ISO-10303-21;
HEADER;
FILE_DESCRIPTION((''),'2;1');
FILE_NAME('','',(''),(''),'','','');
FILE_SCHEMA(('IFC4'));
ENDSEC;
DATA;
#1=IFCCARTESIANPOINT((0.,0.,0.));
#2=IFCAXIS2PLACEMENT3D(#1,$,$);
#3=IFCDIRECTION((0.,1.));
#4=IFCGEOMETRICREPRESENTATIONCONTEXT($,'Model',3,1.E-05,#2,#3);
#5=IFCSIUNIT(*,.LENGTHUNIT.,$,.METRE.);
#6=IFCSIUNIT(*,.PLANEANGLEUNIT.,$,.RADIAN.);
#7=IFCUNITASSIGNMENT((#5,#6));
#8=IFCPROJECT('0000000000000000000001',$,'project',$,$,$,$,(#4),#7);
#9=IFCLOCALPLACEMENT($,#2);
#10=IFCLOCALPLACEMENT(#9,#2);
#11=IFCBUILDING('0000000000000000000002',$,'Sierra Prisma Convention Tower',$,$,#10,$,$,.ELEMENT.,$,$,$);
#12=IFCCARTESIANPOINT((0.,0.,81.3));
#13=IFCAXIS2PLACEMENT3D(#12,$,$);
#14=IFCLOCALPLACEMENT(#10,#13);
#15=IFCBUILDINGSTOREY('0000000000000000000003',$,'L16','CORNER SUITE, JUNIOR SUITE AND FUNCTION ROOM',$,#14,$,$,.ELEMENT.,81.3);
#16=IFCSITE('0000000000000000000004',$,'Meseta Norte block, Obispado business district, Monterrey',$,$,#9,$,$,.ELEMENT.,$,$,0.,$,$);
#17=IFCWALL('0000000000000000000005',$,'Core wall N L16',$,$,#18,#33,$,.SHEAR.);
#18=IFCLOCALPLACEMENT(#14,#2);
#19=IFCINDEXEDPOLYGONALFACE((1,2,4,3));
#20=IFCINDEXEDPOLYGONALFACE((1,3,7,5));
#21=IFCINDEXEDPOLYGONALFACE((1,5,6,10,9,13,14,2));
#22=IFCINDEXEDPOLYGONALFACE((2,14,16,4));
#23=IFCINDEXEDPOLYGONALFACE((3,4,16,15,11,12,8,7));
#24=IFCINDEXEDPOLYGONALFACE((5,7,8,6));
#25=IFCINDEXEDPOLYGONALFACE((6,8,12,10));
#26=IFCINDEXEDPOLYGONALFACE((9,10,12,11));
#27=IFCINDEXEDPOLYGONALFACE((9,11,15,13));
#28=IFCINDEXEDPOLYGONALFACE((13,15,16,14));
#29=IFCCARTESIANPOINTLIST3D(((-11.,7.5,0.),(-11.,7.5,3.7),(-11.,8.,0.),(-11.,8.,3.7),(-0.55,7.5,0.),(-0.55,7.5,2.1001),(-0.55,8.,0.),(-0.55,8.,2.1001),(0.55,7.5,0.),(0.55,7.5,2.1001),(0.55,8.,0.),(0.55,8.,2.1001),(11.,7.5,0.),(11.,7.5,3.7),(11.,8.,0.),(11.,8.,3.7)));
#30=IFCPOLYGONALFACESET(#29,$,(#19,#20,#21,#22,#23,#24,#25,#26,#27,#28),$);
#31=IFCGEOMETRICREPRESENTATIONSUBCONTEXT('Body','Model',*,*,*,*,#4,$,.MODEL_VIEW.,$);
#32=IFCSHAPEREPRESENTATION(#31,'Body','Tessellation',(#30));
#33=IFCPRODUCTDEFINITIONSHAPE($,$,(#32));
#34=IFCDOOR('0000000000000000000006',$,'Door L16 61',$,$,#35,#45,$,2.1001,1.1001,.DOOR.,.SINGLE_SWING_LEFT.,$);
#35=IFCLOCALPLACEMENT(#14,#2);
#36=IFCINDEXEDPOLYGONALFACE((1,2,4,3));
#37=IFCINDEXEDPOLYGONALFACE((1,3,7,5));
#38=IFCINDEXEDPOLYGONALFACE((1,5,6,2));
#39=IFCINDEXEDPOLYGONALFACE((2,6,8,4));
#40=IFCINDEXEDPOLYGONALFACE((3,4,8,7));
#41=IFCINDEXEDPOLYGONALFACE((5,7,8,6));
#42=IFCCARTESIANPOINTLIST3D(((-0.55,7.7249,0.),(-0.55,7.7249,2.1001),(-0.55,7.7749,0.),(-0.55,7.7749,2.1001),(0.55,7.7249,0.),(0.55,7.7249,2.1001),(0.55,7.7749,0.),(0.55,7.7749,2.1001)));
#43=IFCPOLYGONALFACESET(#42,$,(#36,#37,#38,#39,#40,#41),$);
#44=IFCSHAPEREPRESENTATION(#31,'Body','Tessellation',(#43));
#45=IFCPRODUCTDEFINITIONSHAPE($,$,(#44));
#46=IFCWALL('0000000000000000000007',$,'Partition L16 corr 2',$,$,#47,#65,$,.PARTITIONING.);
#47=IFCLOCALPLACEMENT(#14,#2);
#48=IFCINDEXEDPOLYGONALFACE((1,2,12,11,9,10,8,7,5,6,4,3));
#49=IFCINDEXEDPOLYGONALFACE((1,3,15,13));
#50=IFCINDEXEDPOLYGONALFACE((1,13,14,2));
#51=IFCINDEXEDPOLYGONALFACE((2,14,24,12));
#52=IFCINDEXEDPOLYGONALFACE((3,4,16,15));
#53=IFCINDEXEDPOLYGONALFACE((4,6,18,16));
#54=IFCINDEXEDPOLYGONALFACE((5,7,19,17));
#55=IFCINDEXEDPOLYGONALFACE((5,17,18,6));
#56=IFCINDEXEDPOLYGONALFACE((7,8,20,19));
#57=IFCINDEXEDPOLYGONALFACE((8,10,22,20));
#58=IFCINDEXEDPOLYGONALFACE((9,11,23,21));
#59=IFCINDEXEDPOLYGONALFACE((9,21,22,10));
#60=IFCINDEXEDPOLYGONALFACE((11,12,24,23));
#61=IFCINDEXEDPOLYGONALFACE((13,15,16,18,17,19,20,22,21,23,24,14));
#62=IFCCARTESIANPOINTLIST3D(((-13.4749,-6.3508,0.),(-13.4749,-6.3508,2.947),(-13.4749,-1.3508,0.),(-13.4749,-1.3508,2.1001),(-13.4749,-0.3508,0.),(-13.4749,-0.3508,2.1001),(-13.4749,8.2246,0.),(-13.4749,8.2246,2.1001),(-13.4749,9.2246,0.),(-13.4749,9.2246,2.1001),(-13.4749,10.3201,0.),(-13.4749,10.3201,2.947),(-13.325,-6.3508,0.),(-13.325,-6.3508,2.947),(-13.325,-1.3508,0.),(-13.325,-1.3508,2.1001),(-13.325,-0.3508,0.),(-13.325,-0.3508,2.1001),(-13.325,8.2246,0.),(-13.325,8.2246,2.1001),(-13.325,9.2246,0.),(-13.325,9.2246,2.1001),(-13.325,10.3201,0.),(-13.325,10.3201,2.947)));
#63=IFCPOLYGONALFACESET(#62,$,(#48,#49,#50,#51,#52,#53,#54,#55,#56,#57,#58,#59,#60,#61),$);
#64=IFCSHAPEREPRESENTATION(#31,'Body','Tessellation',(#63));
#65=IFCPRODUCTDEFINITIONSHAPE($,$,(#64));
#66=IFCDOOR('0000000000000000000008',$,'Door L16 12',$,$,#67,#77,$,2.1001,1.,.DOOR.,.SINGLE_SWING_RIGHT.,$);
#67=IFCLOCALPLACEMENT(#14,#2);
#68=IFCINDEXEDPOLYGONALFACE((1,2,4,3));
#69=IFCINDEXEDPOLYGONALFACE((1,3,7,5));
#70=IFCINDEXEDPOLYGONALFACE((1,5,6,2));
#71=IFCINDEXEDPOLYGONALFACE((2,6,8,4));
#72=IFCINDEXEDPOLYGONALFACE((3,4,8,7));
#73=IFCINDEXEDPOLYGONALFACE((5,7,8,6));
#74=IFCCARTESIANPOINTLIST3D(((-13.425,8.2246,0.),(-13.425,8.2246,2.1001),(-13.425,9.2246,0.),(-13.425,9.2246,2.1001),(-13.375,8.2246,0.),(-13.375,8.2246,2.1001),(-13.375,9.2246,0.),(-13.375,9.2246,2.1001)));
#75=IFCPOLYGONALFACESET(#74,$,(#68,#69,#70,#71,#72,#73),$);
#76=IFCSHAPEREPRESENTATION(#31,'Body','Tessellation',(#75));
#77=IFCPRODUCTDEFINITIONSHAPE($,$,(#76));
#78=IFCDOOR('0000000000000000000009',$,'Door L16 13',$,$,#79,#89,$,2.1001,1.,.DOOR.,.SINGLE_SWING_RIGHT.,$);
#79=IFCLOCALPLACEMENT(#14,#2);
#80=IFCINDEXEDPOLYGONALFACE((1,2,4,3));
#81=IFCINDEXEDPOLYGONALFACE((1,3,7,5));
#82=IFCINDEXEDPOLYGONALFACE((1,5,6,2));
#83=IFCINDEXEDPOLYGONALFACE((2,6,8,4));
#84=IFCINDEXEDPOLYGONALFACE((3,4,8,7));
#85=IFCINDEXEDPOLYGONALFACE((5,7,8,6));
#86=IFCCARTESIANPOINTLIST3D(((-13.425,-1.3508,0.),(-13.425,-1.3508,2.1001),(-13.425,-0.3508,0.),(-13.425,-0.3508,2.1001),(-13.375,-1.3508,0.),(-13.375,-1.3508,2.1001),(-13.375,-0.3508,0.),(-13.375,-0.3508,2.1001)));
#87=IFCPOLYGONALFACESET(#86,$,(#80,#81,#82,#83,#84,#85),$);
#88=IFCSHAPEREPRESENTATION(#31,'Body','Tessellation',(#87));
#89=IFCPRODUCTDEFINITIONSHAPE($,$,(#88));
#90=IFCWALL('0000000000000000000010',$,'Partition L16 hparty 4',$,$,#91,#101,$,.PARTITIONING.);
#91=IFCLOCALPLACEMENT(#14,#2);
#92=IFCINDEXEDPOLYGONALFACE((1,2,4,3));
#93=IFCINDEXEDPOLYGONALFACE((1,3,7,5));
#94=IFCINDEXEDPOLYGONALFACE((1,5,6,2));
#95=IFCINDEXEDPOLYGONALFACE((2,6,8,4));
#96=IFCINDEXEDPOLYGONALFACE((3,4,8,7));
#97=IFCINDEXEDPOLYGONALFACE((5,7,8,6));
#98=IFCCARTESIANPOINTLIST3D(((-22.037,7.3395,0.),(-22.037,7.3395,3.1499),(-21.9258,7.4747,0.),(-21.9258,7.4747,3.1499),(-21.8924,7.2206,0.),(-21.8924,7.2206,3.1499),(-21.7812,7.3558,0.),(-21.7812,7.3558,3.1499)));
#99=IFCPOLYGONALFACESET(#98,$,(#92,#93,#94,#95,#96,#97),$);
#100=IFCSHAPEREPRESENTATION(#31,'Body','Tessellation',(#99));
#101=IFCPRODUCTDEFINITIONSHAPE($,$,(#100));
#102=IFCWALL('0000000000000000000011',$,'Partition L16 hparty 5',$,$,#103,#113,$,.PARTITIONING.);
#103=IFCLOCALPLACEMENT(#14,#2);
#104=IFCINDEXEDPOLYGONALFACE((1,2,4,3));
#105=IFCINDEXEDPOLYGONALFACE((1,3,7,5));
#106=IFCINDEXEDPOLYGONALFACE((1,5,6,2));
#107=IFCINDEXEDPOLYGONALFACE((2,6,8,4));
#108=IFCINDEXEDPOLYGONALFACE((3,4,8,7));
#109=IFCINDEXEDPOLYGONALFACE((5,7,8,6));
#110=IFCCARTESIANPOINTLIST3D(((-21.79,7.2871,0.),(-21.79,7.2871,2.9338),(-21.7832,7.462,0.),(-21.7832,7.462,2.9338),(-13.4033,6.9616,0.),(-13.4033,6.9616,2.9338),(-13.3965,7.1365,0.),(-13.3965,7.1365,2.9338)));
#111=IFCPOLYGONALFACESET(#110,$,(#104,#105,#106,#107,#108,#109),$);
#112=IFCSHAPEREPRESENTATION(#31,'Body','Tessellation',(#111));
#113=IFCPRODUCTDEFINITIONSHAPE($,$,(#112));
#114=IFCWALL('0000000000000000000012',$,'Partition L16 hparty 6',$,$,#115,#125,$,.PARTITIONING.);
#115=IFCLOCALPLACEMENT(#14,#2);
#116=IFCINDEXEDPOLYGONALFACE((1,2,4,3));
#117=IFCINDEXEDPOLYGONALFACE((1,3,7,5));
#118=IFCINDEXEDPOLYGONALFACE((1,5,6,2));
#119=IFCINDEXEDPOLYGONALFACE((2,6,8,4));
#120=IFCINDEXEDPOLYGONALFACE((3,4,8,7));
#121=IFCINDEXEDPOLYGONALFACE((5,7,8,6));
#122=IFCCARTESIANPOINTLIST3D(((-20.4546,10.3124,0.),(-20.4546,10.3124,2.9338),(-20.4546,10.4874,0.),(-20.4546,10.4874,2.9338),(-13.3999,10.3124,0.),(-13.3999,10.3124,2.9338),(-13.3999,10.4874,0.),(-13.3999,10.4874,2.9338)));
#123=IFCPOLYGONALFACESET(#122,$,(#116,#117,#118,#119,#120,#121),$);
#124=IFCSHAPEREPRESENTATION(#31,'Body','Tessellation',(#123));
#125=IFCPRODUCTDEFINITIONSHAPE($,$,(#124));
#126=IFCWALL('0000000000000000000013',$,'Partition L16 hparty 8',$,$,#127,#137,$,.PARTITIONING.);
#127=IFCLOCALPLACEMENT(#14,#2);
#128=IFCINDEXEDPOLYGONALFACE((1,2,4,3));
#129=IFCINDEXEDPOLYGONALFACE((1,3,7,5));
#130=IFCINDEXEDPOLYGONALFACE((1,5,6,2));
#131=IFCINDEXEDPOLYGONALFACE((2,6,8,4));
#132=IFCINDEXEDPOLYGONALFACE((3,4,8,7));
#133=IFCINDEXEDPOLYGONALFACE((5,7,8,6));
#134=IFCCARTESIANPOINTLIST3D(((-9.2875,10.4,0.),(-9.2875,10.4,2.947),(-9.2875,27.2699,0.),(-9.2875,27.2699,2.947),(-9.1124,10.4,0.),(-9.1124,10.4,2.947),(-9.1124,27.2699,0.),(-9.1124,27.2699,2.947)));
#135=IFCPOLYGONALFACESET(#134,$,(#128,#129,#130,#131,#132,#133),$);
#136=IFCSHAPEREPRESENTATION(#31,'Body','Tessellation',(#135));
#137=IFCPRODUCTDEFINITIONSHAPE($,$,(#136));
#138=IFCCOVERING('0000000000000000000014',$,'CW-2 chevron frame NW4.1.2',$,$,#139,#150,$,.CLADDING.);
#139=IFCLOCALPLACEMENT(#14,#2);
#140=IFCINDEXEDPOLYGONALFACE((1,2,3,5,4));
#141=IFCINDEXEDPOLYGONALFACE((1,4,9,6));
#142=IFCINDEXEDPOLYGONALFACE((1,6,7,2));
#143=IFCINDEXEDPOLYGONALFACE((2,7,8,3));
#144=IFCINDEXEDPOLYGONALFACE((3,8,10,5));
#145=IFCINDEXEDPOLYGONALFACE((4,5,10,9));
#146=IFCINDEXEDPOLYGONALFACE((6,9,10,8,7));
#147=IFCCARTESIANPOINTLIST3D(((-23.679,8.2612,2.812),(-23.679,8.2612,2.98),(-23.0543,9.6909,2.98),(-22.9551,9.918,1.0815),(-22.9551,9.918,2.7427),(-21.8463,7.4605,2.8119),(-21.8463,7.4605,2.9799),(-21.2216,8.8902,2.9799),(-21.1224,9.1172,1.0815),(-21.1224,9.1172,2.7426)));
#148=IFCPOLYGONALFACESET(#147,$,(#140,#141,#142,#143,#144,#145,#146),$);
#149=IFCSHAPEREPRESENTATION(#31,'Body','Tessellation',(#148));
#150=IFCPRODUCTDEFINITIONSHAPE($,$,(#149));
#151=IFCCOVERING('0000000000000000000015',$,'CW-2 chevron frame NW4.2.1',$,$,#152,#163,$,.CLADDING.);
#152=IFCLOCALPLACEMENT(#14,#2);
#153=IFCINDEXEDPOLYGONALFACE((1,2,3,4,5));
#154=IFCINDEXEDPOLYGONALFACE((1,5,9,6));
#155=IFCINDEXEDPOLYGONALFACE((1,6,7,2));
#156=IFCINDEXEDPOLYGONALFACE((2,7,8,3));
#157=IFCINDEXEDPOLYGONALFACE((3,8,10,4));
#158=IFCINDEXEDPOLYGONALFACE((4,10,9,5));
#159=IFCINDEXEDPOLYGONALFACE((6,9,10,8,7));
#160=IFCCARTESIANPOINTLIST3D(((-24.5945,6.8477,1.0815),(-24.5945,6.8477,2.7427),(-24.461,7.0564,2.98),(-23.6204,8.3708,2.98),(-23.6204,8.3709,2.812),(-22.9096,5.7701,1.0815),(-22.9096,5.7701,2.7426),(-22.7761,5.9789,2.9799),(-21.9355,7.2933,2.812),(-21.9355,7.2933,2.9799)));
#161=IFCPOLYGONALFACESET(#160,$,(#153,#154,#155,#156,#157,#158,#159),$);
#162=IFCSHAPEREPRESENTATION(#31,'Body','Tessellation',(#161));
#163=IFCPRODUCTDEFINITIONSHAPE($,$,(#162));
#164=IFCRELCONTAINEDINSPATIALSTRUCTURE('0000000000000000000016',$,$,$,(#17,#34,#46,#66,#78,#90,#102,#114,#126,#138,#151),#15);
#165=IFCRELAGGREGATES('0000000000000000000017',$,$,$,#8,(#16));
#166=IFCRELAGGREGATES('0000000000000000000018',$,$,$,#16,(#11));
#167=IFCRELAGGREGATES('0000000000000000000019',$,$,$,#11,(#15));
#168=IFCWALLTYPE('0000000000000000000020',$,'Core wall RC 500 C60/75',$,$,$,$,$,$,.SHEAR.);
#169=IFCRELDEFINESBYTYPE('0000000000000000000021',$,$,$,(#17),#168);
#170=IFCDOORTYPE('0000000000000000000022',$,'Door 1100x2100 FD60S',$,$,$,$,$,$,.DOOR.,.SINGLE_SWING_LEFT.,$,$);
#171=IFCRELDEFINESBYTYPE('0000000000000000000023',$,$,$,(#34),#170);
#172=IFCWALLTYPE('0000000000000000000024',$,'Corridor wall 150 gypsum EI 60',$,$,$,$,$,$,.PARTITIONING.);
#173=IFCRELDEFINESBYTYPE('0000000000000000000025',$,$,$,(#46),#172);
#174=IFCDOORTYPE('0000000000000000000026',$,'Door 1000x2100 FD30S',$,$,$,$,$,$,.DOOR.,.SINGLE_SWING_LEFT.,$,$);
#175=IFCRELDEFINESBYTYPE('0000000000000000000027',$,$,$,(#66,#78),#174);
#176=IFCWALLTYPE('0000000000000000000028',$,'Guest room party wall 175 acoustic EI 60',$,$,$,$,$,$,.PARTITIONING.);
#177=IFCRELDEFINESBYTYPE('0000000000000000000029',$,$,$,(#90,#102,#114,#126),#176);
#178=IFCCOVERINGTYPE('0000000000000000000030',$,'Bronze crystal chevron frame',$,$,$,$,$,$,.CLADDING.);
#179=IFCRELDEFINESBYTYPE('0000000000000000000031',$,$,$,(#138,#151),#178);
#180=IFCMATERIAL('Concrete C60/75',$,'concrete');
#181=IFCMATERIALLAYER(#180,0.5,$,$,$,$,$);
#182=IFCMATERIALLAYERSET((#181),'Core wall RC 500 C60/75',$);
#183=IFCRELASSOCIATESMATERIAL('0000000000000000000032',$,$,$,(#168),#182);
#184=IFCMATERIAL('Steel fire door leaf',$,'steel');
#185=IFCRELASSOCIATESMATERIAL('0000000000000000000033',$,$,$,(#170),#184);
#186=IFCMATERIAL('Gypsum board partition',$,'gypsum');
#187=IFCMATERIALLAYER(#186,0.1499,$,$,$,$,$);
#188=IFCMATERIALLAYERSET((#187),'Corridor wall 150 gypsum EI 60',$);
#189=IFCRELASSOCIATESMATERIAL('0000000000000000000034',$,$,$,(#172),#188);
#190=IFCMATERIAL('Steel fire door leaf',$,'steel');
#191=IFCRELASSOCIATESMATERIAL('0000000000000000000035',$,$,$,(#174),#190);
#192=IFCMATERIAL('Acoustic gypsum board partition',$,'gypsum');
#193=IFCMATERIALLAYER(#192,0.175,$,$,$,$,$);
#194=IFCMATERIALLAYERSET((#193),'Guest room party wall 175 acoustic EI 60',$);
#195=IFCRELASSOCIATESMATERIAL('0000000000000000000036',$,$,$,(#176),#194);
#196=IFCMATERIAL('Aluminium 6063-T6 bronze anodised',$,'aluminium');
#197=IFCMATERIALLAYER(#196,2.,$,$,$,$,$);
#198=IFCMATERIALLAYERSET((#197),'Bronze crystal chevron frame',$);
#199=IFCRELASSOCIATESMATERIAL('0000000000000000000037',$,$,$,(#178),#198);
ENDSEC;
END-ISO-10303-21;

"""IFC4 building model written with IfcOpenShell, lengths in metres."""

from ifc_helpers import new_model, si_unit, direction, frame, frame_2d, origin, place, context, subcontext, project, spatial, polyline, rectangle, outline, extrude, material, layer, layer_set, type_object, element, fill, save


model = new_model("IFC4")

# Units and contexts
model_context = context("Model", 3, precision=1e-05, world=origin(), true_north=direction((0.0, 1.0)))
body_context = subcontext(model_context, "Body", "Model", "MODEL_VIEW")
ifc_project = project(units=[si_unit("LENGTHUNIT", "METRE"), si_unit("PLANEANGLEUNIT", "RADIAN")], contexts=[model_context])

# Site, building, storey
site_placement = place(None, origin())
site = spatial("IfcSite", under=ifc_project, at=site_placement, Name="Meseta Norte block, Obispado business district, Monterrey", CompositionType="ELEMENT", RefElevation=0.0)
building_placement = place(site_placement, origin())
building = spatial("IfcBuilding", under=site, at=building_placement, Name="Sierra Prisma Convention Tower", CompositionType="ELEMENT")
storey_placement = place(building_placement, frame((0.0, 0.0, 81.3)))
storey = spatial("IfcBuildingStorey", under=building, at=storey_placement, Name="L16", Description="CORNER SUITE, JUNIOR SUITE AND FUNCTION ROOM", CompositionType="ELEMENT", Elevation=81.3)

# Wall, opening, door
ifc_material_1 = material(Name="Concrete C60/75", Category="concrete")
ifc_layer_1 = layer(ifc_material_1, 0.5)
ifc_layer_set_1 = layer_set([ifc_layer_1], Name="Core wall RC 500 C60/75")
wall_type_1 = type_object("IfcWallType", Name="Core wall RC 500 C60/75", PredefinedType="SHEAR", material=ifc_layer_set_1)
wall_1_placement = place(storey_placement, frame((-11.0, 7.75, 0.0), z_axis=(0.0, 0.0, 1.0), x_axis=(1.0, 0.0, 0.0)))
wall_1 = element("IfcWall", 1, at=wall_1_placement, inside=storey, type_object=wall_type_1, Name="Core wall N L16", PredefinedType="SHEAR", context=body_context, shape_type="SweptSolid", body=[
    extrude(rectangle(XDim=22.0, YDim=0.5, at=frame_2d((11.0, 0.0))), origin(), (0.0, 0.0, 1.0), 3.7),
])
opening_1_placement = place(wall_1_placement, frame((10.45, 0.0, 0.0)))
opening_1 = element("IfcOpeningElement", 2, at=opening_1_placement, cuts=wall_1, PredefinedType="OPENING", context=body_context, shape_type="SweptSolid", body=[
    extrude(rectangle(XDim=1.1001, YDim=2.1001, at=frame_2d((0.55, 1.05))), frame((0.0, 0.25, 0.0), z_axis=(0.0, -1.0, 0.0), x_axis=(1.0, 0.0, 0.0)), (0.0, 0.0, 1.0), 0.5),
])
ifc_material_2 = material(Name="Steel fire door leaf", Category="steel")
door_type_1 = type_object("IfcDoorType", Name="Door 1100x2100 FD60S", OperationType="SINGLE_SWING_LEFT", PredefinedType="DOOR", material=ifc_material_2)
door_1_placement = place(opening_1_placement, origin())
door_1 = element("IfcDoor", 3, at=door_1_placement, inside=storey, type_object=door_type_1, Name="Door L16 61", OperationType="SINGLE_SWING_LEFT", OverallHeight=2.1001, OverallWidth=1.1001, PredefinedType="DOOR", context=body_context, shape_type="SweptSolid", body=[
    extrude(rectangle(XDim=1.1001, YDim=2.1001, at=frame_2d((0.55, 1.05))), frame((0.0, 0.0249, 0.0), z_axis=(0.0, -1.0, 0.0), x_axis=(1.0, 0.0, 0.0)), (0.0, 0.0, 1.0), 0.05),
])
fill(opening_1, door_1)

# Wall, openings, doors
ifc_material_3 = material(Name="Gypsum board partition", Category="gypsum")
ifc_layer_2 = layer(ifc_material_3, 0.1499)
ifc_layer_set_2 = layer_set([ifc_layer_2], Name="Corridor wall 150 gypsum EI 60")
wall_type_2 = type_object("IfcWallType", Name="Corridor wall 150 gypsum EI 60", PredefinedType="PARTITIONING", material=ifc_layer_set_2)
wall_2_placement = place(storey_placement, frame((-13.3999, 10.3201, 0.0), z_axis=(0.0, 0.0, 1.0), x_axis=(0.0, -1.0, 0.0)))
wall_2 = element("IfcWall", 4, at=wall_2_placement, inside=storey, type_object=wall_type_2, Name="Partition L16 corr 2", PredefinedType="PARTITIONING", context=body_context, shape_type="SweptSolid", body=[
    extrude(rectangle(XDim=16.6709, YDim=0.1499, at=frame_2d((8.3354, 0.0))), origin(), (0.0, 0.0, 1.0), 2.947),
])
opening_2_placement = place(wall_2_placement, frame((1.0955, 0.0, 0.0)))
opening_2 = element("IfcOpeningElement", 5, at=opening_2_placement, cuts=wall_2, PredefinedType="OPENING", context=body_context, shape_type="SweptSolid", body=[
    extrude(rectangle(XDim=1.0, YDim=2.1001, at=frame_2d((0.5, 1.05))), frame((0.0, 0.075, 0.0), z_axis=(0.0, -1.0, 0.0), x_axis=(1.0, 0.0, 0.0)), (0.0, 0.0, 1.0), 0.1499),
])
opening_3_placement = place(wall_2_placement, frame((10.6709, 0.0, 0.0)))
opening_3 = element("IfcOpeningElement", 6, at=opening_3_placement, cuts=wall_2, PredefinedType="OPENING", context=body_context, shape_type="SweptSolid", body=[
    extrude(rectangle(XDim=1.0, YDim=2.1001, at=frame_2d((0.5, 1.05))), frame((0.0, 0.075, 0.0), z_axis=(0.0, -1.0, 0.0), x_axis=(1.0, 0.0, 0.0)), (0.0, 0.0, 1.0), 0.1499),
])
ifc_material_4 = material(Name="Steel fire door leaf", Category="steel")
door_type_2 = type_object("IfcDoorType", Name="Door 1000x2100 FD30S", OperationType="SINGLE_SWING_LEFT", PredefinedType="DOOR", material=ifc_material_4)
door_2_placement = place(opening_2_placement, origin())
door_2 = element("IfcDoor", 7, at=door_2_placement, inside=storey, type_object=door_type_2, Name="Door L16 12", OperationType="SINGLE_SWING_RIGHT", OverallHeight=2.1001, OverallWidth=1.0, PredefinedType="DOOR", context=body_context, shape_type="SweptSolid", body=[
    extrude(rectangle(XDim=1.0, YDim=2.1001, at=frame_2d((0.5, 1.05))), frame((0.0, 0.0249, 0.0), z_axis=(0.0, -1.0, 0.0), x_axis=(1.0, 0.0, 0.0)), (0.0, 0.0, 1.0), 0.05),
])
fill(opening_2, door_2)
door_3_placement = place(opening_3_placement, origin())
door_3 = element("IfcDoor", 8, at=door_3_placement, inside=storey, type_object=door_type_2, Name="Door L16 13", OperationType="SINGLE_SWING_RIGHT", OverallHeight=2.1001, OverallWidth=1.0, PredefinedType="DOOR", context=body_context, shape_type="SweptSolid", body=[
    extrude(rectangle(XDim=1.0, YDim=2.1001, at=frame_2d((0.5, 1.05))), frame((0.0, 0.0249, 0.0), z_axis=(0.0, -1.0, 0.0), x_axis=(1.0, 0.0, 0.0)), (0.0, 0.0, 1.0), 0.05),
])
fill(opening_3, door_3)

# Walls
ifc_material_5 = material(Name="Acoustic gypsum board partition", Category="gypsum")
ifc_layer_3 = layer(ifc_material_5, 0.175)
ifc_layer_set_3 = layer_set([ifc_layer_3], Name="Guest room party wall 175 acoustic EI 60")
wall_type_3 = type_object("IfcWallType", Name="Guest room party wall 175 acoustic EI 60", PredefinedType="PARTITIONING", material=ifc_layer_set_3)
wall_3_placement = place(storey_placement, frame((-21.8367, 7.2881, 0.0), z_axis=(0.0, 0.0, 1.0), x_axis=(-0.772269, 0.635296, 0.0)))
element("IfcWall", 9, at=wall_3_placement, inside=storey, type_object=wall_type_3, Name="Partition L16 hparty 4", PredefinedType="PARTITIONING", context=body_context, shape_type="SweptSolid", body=[
    extrude(rectangle(XDim=0.1873, YDim=0.175, at=frame_2d((0.0938, 0.0))), origin(), (0.0, 0.0, 1.0), 3.1499),
])
wall_4_placement = place(storey_placement, frame((-21.7866, 7.3745, 0.0), z_axis=(0.0, 0.0, 1.0), x_axis=(0.999248, -0.038775, 0.0)))
element("IfcWall", 10, at=wall_4_placement, inside=storey, type_object=wall_type_3, Name="Partition L16 hparty 5", PredefinedType="PARTITIONING", context=body_context, shape_type="SweptSolid", body=[
    extrude(rectangle(XDim=8.3931, YDim=0.175, at=frame_2d((4.1965, 0.0))), origin(), (0.0, 0.0, 1.0), 2.9338),
])
wall_5_placement = place(storey_placement, frame((-13.3999, 10.3999, 0.0), z_axis=(0.0, 0.0, 1.0), x_axis=(-1.0, 0.0, 0.0)))
element("IfcWall", 11, at=wall_5_placement, inside=storey, type_object=wall_type_3, Name="Partition L16 hparty 6", PredefinedType="PARTITIONING", context=body_context, shape_type="SweptSolid", body=[
    extrude(rectangle(XDim=7.0547, YDim=0.175, at=frame_2d((3.5273, 0.0))), origin(), (0.0, 0.0, 1.0), 2.9338),
])
wall_6_placement = place(storey_placement, frame((-9.2, 10.3999, 0.0), z_axis=(0.0, 0.0, 1.0), x_axis=(0.0, 1.0, 0.0)))
element("IfcWall", 12, at=wall_6_placement, inside=storey, type_object=wall_type_3, Name="Partition L16 hparty 8", PredefinedType="PARTITIONING", context=body_context, shape_type="SweptSolid", body=[
    extrude(rectangle(XDim=16.8699, YDim=0.175, at=frame_2d((8.4351, 0.0))), origin(), (0.0, 0.0, 1.0), 2.947),
])

# Coverings
ifc_material_6 = material(Name="Aluminium 6063-T6 bronze anodised", Category="aluminium")
ifc_layer_4 = layer(ifc_material_6, 2.0)
ifc_layer_set_4 = layer_set([ifc_layer_4], Name="Bronze crystal chevron frame")
covering_type = type_object("IfcCoveringType", Name="Bronze crystal chevron frame", PredefinedType="CLADDING", material=ifc_layer_set_4)
covering_1_placement = place(storey_placement, frame((-22.9551, 9.918, 2.7427), z_axis=(-0.916347, 0.400384, 0.000038), x_axis=(-0.000035, 0.000015, -1.0)))
element("IfcCovering", 13, at=covering_1_placement, inside=storey, type_object=covering_type, Name="CW-2 chevron frame NW4.1.2", PredefinedType="CLADDING", context=body_context, shape_type="SweptSolid", body=[
    extrude(outline(polyline([(0.0, 0.0), (1.6611, 0.0), (-0.0693, 1.808), (-0.2373, 1.808), (-0.2373, 0.2477), (0.0, 0.0)])), origin(), (0.0, 0.0, -1.0), 2.0),
])
covering_2_placement = place(storey_placement, frame((-23.6204, 8.3708, 2.98), z_axis=(-0.842454, 0.538768, 0.000021), x_axis=(-0.000018, 0.000011, -1.0)))
element("IfcCovering", 14, at=covering_2_placement, inside=storey, type_object=covering_type, Name="CW-2 chevron frame NW4.2.1", PredefinedType="CLADDING", context=body_context, shape_type="SweptSolid", body=[
    extrude(outline(polyline([(0.0, 0.0), (0.168, 0.0), (1.8984, 1.808), (0.2373, 1.808), (0.0, 1.5602), (0.0, 0.0)])), origin(), (0.0, 0.0, -1.0), 2.0),
])

save(model, "model.ifc")
